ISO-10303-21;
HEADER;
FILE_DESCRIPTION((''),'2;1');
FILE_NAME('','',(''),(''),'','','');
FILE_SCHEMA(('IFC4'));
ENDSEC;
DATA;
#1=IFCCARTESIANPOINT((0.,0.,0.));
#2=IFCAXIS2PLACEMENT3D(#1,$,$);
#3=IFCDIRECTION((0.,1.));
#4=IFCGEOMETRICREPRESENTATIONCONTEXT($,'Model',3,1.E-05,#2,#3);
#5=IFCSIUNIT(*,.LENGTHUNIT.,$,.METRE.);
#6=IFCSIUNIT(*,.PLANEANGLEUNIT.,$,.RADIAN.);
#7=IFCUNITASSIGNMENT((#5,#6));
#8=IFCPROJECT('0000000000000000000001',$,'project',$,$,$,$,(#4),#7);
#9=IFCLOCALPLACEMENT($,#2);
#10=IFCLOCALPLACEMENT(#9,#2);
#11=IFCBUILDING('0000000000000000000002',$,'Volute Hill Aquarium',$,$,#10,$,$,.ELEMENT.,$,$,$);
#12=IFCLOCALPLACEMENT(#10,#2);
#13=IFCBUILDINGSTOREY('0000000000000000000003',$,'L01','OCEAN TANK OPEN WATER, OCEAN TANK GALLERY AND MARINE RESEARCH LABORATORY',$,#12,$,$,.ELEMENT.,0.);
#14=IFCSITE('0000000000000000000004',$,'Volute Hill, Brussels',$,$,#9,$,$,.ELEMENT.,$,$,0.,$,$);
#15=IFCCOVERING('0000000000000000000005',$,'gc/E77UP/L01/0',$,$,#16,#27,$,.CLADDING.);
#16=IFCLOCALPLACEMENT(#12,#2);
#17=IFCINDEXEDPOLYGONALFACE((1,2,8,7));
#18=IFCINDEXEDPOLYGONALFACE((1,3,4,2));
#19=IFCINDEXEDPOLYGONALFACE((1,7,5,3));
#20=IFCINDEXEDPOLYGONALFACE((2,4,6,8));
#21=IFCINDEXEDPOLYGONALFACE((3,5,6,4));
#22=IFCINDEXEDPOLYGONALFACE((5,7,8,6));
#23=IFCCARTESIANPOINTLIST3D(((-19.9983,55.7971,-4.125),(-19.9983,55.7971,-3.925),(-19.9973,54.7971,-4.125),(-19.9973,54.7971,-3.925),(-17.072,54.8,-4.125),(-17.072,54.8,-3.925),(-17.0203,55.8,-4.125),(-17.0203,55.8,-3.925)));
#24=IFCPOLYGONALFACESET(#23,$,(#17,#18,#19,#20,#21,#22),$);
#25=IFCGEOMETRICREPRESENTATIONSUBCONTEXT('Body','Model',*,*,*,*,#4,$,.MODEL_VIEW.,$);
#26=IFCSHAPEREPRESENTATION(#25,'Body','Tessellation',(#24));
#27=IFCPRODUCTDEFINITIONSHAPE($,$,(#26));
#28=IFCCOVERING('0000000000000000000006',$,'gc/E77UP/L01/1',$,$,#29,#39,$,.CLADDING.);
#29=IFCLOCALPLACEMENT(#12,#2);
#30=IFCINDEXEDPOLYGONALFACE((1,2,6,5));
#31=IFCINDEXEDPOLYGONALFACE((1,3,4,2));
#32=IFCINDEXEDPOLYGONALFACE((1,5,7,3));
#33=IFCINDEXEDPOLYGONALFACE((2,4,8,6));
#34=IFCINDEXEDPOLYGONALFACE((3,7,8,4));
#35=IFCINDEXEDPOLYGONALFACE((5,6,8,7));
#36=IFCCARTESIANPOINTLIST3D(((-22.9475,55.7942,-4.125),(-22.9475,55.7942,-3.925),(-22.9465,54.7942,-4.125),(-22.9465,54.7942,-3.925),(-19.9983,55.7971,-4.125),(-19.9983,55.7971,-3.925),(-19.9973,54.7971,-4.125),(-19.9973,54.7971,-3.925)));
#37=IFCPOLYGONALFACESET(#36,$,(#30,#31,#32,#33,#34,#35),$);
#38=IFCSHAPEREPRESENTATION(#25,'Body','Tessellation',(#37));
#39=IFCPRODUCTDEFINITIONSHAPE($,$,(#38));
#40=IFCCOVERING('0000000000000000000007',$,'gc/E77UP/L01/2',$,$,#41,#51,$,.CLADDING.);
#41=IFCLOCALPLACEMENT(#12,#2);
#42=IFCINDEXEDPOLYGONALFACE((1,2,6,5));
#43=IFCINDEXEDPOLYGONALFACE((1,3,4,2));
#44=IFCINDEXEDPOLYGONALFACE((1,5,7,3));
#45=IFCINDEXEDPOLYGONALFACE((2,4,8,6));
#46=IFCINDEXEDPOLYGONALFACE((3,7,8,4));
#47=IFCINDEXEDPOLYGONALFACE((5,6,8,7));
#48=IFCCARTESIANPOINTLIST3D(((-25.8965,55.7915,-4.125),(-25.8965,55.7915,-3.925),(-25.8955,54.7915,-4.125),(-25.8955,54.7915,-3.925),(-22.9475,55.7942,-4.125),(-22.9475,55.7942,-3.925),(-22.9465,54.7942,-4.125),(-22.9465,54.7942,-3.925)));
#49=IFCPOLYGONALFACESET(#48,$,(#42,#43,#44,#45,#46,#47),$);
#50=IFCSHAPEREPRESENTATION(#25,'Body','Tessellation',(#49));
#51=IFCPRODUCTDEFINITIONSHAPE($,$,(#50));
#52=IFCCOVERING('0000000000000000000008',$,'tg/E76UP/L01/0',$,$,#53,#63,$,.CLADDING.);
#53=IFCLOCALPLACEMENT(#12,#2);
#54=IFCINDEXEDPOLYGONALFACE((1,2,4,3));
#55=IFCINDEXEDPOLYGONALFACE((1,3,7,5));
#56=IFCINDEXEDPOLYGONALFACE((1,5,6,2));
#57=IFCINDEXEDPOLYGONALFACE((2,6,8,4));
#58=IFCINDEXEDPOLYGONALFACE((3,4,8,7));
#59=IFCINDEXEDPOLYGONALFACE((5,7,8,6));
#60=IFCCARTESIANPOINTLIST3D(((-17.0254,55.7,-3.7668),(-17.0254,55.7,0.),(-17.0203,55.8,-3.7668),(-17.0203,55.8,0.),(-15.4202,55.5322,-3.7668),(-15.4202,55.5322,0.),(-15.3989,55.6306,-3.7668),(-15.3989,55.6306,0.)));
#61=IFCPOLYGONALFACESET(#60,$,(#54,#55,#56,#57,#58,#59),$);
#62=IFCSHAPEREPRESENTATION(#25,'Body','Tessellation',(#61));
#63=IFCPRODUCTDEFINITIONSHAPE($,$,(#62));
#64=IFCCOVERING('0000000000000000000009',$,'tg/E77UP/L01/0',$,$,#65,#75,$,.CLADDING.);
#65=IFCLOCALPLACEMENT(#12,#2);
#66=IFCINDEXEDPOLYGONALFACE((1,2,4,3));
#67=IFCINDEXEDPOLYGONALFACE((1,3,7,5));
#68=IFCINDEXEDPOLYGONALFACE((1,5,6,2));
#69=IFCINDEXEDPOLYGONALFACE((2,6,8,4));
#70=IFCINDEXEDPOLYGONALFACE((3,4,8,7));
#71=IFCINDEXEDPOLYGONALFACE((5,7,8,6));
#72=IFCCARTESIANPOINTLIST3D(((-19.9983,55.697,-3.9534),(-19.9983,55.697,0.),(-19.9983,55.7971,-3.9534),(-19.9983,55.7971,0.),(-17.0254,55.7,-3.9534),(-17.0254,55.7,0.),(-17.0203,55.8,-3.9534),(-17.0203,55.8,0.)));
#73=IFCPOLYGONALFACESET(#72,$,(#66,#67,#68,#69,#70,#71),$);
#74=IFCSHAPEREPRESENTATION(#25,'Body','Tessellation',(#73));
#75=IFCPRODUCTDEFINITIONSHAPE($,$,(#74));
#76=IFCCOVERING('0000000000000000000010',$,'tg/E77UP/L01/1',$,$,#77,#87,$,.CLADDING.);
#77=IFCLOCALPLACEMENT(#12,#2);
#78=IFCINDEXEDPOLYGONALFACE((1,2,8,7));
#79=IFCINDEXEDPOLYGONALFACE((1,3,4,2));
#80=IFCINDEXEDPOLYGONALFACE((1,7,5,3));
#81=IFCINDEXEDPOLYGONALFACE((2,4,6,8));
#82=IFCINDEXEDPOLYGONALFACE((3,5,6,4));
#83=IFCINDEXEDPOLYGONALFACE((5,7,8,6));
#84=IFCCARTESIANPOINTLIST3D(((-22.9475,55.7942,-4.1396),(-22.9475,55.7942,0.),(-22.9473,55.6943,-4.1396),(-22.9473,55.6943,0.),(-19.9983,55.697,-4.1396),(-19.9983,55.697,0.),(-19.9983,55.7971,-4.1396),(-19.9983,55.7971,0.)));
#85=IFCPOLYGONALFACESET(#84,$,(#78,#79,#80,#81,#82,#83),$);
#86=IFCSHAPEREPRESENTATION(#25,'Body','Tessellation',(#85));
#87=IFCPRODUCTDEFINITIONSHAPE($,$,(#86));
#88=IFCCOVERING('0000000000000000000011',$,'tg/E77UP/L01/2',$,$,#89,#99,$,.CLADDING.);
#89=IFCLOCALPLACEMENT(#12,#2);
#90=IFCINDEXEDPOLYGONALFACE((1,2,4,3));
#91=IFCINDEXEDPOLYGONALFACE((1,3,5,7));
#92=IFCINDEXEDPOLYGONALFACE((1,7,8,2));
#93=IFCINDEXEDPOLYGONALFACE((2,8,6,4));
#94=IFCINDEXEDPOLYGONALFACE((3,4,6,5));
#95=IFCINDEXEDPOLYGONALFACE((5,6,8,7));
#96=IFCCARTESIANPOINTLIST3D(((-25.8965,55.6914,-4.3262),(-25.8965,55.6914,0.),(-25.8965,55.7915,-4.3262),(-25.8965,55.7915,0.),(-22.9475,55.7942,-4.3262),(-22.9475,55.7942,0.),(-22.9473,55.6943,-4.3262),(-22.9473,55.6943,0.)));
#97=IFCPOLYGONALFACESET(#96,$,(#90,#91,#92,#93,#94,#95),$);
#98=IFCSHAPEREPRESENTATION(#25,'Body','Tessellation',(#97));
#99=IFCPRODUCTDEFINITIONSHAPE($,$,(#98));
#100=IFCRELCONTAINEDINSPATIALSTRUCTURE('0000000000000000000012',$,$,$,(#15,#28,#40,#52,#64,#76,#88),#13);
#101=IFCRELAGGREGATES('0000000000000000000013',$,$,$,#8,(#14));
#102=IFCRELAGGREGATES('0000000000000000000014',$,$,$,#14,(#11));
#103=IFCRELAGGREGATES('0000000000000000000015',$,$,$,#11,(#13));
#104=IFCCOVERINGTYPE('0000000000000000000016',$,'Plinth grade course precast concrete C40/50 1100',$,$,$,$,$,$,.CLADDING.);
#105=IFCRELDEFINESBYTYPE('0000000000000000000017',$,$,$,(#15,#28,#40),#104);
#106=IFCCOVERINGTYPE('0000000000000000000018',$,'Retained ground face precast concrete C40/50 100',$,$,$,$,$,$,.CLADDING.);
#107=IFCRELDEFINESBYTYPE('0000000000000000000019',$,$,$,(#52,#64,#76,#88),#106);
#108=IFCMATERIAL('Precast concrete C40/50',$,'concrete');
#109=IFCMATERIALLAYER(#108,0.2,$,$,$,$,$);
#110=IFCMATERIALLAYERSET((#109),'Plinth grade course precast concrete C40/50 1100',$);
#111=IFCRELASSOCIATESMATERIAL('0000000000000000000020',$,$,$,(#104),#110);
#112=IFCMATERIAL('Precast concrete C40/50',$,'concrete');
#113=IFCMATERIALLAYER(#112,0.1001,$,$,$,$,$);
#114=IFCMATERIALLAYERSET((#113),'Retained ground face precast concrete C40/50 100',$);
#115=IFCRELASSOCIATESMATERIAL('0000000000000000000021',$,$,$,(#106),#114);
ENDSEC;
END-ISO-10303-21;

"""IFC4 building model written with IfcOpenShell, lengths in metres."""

from ifc_helpers import new_model, si_unit, direction, frame, origin, place, context, subcontext, project, spatial, polyline, outline, extrude, material, layer, layer_set, type_object, element, save


model = new_model("IFC4")

# Units and contexts
model_context = context("Model", 3, precision=1e-05, world=origin(), true_north=direction((0.0, 1.0)))
body_context = subcontext(model_context, "Body", "Model", "MODEL_VIEW")
ifc_project = project(units=[si_unit("LENGTHUNIT", "METRE"), si_unit("PLANEANGLEUNIT", "RADIAN")], contexts=[model_context])

# Site, building, storey
site_placement = place(None, origin())
site = spatial("IfcSite", under=ifc_project, at=site_placement, Name="Volute Hill, Brussels", CompositionType="ELEMENT", RefElevation=0.0)
building_placement = place(site_placement, origin())
building = spatial("IfcBuilding", under=site, at=building_placement, Name="Volute Hill Aquarium", CompositionType="ELEMENT")
storey_placement = place(building_placement, origin())
storey = spatial("IfcBuildingStorey", under=building, at=storey_placement, Name="L01", Description="OCEAN TANK OPEN WATER, OCEAN TANK GALLERY AND MARINE RESEARCH LABORATORY", CompositionType="ELEMENT", Elevation=0.0)

# Coverings
ifc_material_1 = material(Name="Precast concrete C40/50", Category="concrete")
ifc_layer_1 = layer(ifc_material_1, 0.2)
ifc_layer_set_1 = layer_set([ifc_layer_1], Name="Plinth grade course precast concrete C40/50 1100")
covering_type_1 = type_object("IfcCoveringType", Name="Plinth grade course precast concrete C40/50 1100", PredefinedType="CLADDING", material=ifc_layer_set_1)
covering_1_placement = place(storey_placement, frame((0.0, 0.0, -4.125)))
element("IfcCovering", 1, at=covering_1_placement, inside=storey, type_object=covering_type_1, Name="gc/E77UP/L01/0", PredefinedType="CLADDING", context=body_context, shape_type="SweptSolid", body=[
    extrude(outline(polyline([(-17.0203, 55.8), (-19.9983, 55.7971), (-19.9973, 54.7971), (-17.072, 54.8), (-17.072, 54.8), (-17.0203, 55.8)])), origin(), (0.0, 0.0, 1.0), 0.2),
])
covering_2_placement = place(storey_placement, frame((0.0, 0.0, -4.125)))
element("IfcCovering", 2, at=covering_2_placement, inside=storey, type_object=covering_type_1, Name="gc/E77UP/L01/1", PredefinedType="CLADDING", context=body_context, shape_type="SweptSolid", body=[
    extrude(outline(polyline([(-19.9983, 55.7971), (-22.9475, 55.7942), (-22.9465, 54.7942), (-19.9973, 54.7971), (-19.9983, 55.7971)])), origin(), (0.0, 0.0, 1.0), 0.2),
])
covering_3_placement = place(storey_placement, frame((0.0, 0.0, -4.125)))
element("IfcCovering", 3, at=covering_3_placement, inside=storey, type_object=covering_type_1, Name="gc/E77UP/L01/2", PredefinedType="CLADDING", context=body_context, shape_type="SweptSolid", body=[
    extrude(outline(polyline([(-22.9475, 55.7942), (-25.8965, 55.7915), (-25.8955, 54.7915), (-22.9465, 54.7942), (-22.9475, 55.7942)])), origin(), (0.0, 0.0, 1.0), 0.2),
])
ifc_material_2 = material(Name="Precast concrete C40/50", Category="concrete")
ifc_layer_2 = layer(ifc_material_2, 0.1001)
ifc_layer_set_2 = layer_set([ifc_layer_2], Name="Retained ground face precast concrete C40/50 100")
covering_type_2 = type_object("IfcCoveringType", Name="Retained ground face precast concrete C40/50 100", PredefinedType="CLADDING", material=ifc_layer_set_2)
covering_4_placement = place(storey_placement, frame((0.0, 0.0, -3.7668)))
element("IfcCovering", 4, at=covering_4_placement, inside=storey, type_object=covering_type_2, Name="tg/E76UP/L01/0", PredefinedType="CLADDING", context=body_context, shape_type="SweptSolid", body=[
    extrude(outline(polyline([(-17.0203, 55.8), (-17.0203, 55.8), (-17.0254, 55.7), (-17.0254, 55.7), (-15.4202, 55.5322), (-15.4202, 55.5322), (-15.3989, 55.6306), (-15.3989, 55.6306), (-17.0203, 55.8)])), origin(), (0.0, 0.0, 1.0), 3.7668),
])
covering_5_placement = place(storey_placement, frame((0.0, 0.0, -3.9534)))
element("IfcCovering", 5, at=covering_5_placement, inside=storey, type_object=covering_type_2, Name="tg/E77UP/L01/0", PredefinedType="CLADDING", context=body_context, shape_type="SweptSolid", body=[
    extrude(outline(polyline([(-17.0203, 55.8), (-19.9983, 55.7971), (-19.9983, 55.697), (-17.0254, 55.7), (-17.0203, 55.8)])), origin(), (0.0, 0.0, 1.0), 3.9534),
])
covering_6_placement = place(storey_placement, frame((0.0, 0.0, -4.1396)))
element("IfcCovering", 6, at=covering_6_placement, inside=storey, type_object=covering_type_2, Name="tg/E77UP/L01/1", PredefinedType="CLADDING", context=body_context, shape_type="SweptSolid", body=[
    extrude(outline(polyline([(-19.9983, 55.7971), (-22.9475, 55.7942), (-22.9473, 55.6943), (-19.9983, 55.697), (-19.9983, 55.7971)])), origin(), (0.0, 0.0, 1.0), 4.1396),
])
covering_7_placement = place(storey_placement, frame((0.0, 0.0, -4.3262)))
element("IfcCovering", 7, at=covering_7_placement, inside=storey, type_object=covering_type_2, Name="tg/E77UP/L01/2", PredefinedType="CLADDING", context=body_context, shape_type="SweptSolid", body=[
    extrude(outline(polyline([(-22.9475, 55.7942), (-25.8965, 55.7915), (-25.8965, 55.6914), (-22.9473, 55.6943), (-22.9475, 55.7942)])), origin(), (0.0, 0.0, 1.0), 4.3262),
])

save(model, "model.ifc")
